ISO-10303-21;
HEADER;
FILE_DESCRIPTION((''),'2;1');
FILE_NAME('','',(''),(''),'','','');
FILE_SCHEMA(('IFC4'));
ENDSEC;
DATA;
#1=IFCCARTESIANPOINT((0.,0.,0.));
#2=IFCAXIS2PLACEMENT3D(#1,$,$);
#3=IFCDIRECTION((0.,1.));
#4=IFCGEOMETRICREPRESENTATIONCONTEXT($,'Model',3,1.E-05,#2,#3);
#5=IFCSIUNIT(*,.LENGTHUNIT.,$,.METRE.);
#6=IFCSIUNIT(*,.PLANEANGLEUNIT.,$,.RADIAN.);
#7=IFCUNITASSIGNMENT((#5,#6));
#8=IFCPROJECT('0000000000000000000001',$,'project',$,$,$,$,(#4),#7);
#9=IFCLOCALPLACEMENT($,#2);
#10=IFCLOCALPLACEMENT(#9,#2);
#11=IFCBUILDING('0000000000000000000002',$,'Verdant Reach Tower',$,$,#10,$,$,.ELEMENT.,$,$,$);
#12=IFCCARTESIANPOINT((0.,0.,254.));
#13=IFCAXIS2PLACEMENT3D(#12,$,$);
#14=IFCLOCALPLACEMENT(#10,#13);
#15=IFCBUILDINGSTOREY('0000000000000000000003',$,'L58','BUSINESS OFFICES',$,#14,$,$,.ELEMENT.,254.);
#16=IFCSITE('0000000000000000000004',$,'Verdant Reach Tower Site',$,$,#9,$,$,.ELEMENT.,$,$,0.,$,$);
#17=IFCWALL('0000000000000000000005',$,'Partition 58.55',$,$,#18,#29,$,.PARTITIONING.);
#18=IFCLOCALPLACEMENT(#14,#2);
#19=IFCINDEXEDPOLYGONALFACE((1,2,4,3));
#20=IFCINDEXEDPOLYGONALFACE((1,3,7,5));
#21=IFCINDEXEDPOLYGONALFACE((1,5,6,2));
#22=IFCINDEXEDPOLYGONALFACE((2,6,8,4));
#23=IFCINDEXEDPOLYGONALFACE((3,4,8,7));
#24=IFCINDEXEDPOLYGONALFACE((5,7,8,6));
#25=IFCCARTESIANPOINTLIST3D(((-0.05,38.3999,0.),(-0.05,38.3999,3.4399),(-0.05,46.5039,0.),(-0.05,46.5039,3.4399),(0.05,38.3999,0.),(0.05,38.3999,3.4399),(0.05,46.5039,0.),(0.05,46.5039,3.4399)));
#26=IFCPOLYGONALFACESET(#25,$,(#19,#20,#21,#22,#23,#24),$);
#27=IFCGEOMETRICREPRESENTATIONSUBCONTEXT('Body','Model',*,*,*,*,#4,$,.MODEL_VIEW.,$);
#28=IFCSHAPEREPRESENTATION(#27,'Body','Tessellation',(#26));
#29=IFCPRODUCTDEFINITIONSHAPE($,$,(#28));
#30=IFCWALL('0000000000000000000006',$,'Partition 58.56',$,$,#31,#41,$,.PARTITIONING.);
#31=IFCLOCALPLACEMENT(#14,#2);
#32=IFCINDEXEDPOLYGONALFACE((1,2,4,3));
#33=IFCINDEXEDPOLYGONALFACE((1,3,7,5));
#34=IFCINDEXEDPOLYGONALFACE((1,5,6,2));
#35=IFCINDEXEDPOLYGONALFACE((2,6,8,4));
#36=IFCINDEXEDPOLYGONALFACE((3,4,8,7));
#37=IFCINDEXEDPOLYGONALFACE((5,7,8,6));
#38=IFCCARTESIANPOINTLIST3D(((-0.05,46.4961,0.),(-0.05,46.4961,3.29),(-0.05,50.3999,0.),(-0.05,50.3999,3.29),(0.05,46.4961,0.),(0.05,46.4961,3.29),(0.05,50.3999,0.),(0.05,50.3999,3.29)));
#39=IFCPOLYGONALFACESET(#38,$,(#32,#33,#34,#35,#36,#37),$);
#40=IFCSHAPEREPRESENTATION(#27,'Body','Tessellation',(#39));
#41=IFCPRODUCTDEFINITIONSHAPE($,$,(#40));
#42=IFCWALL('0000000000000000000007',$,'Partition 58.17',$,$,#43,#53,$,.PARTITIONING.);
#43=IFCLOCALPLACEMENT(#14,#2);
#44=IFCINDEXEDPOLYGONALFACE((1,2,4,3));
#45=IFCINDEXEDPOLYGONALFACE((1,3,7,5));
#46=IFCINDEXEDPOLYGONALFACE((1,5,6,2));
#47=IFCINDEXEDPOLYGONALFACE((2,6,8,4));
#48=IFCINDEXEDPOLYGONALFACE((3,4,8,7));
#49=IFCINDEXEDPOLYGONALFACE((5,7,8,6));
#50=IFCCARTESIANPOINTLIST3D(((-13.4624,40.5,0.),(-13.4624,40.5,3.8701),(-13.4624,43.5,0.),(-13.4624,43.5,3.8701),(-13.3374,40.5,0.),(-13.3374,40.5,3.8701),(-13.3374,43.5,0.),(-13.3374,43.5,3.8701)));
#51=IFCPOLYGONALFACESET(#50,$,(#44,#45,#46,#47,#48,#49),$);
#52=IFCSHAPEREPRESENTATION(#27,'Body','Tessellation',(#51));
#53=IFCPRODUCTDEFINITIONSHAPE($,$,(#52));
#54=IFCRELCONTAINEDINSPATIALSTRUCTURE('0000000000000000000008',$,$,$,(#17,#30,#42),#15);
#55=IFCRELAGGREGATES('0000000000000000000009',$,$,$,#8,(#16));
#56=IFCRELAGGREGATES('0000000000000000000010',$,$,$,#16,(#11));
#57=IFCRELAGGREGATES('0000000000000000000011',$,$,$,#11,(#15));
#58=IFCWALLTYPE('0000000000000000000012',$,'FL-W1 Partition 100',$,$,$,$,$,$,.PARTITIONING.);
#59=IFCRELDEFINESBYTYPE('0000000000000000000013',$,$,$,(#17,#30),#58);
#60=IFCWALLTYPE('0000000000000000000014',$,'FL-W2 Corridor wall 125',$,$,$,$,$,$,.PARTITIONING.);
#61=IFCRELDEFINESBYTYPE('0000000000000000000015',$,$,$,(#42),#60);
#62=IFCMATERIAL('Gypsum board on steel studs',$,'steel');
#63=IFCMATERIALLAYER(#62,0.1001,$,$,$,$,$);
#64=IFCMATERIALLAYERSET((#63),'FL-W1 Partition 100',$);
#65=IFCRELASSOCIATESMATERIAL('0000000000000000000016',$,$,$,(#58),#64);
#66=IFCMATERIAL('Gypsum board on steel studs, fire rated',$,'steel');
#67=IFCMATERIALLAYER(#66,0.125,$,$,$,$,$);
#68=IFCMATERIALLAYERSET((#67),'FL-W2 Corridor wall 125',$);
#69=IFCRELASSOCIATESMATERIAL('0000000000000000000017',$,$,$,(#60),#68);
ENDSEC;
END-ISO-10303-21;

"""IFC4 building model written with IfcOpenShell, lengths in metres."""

from ifc_helpers import new_model, si_unit, direction, frame, frame_2d, origin, place, context, subcontext, project, spatial, rectangle, extrude, material, layer, layer_set, type_object, element, save


model = new_model("IFC4")

# Units and contexts
model_context = context("Model", 3, precision=1e-05, world=origin(), true_north=direction((0.0, 1.0)))
body_context = subcontext(model_context, "Body", "Model", "MODEL_VIEW")
ifc_project = project(units=[si_unit("LENGTHUNIT", "METRE"), si_unit("PLANEANGLEUNIT", "RADIAN")], contexts=[model_context])

# Site, building, storey
site_placement = place(None, origin())
site = spatial("IfcSite", under=ifc_project, at=site_placement, Name="Verdant Reach Tower Site", CompositionType="ELEMENT", RefElevation=0.0)
building_placement = place(site_placement, origin())
building = spatial("IfcBuilding", under=site, at=building_placement, Name="Verdant Reach Tower", CompositionType="ELEMENT")
storey_placement = place(building_placement, frame((0.0, 0.0, 254.0)))
storey = spatial("IfcBuildingStorey", under=building, at=storey_placement, Name="L58", Description="BUSINESS OFFICES", CompositionType="ELEMENT", Elevation=254.0)

# Shared definitions
ifc_material_1 = material(Name="Gypsum board on steel studs", Category="steel")
ifc_layer_1 = layer(ifc_material_1, 0.1001)
ifc_layer_set_1 = layer_set([ifc_layer_1], Name="FL-W1 Partition 100")
wall_type_1 = type_object("IfcWallType", Name="FL-W1 Partition 100", PredefinedType="PARTITIONING", material=ifc_layer_set_1)

# Walls
wall_1_placement = place(storey_placement, frame((0.0, 38.3999, 0.0), z_axis=(0.0, 0.0, 1.0), x_axis=(0.0, 1.0, 0.0)))
element("IfcWall", 1, at=wall_1_placement, inside=storey, type_object=wall_type_1, Name="Partition 58.55", PredefinedType="PARTITIONING", context=body_context, shape_type="SweptSolid", body=[
    extrude(rectangle(XDim=8.104, YDim=0.1001, at=frame_2d((4.052, 0.0))), origin(), (0.0, 0.0, 1.0), 3.4399),
])
wall_2_placement = place(storey_placement, frame((0.0, 46.4961, 0.0), z_axis=(0.0, 0.0, 1.0), x_axis=(0.0, 1.0, 0.0)))
element("IfcWall", 2, at=wall_2_placement, inside=storey, type_object=wall_type_1, Name="Partition 58.56", PredefinedType="PARTITIONING", context=body_context, shape_type="SweptSolid", body=[
    extrude(rectangle(XDim=3.9038, YDim=0.1001, at=frame_2d((1.9519, 0.0))), origin(), (0.0, 0.0, 1.0), 3.29),
])
ifc_material_2 = material(Name="Gypsum board on steel studs, fire rated", Category="steel")
ifc_layer_2 = layer(ifc_material_2, 0.125)
ifc_layer_set_2 = layer_set([ifc_layer_2], Name="FL-W2 Corridor wall 125")
wall_type_2 = type_object("IfcWallType", Name="FL-W2 Corridor wall 125", PredefinedType="PARTITIONING", material=ifc_layer_set_2)
wall_3_placement = place(storey_placement, frame((-13.3999, 40.5, 0.0), z_axis=(0.0, 0.0, 1.0), x_axis=(0.0, 1.0, 0.0)))
element("IfcWall", 3, at=wall_3_placement, inside=storey, type_object=wall_type_2, Name="Partition 58.17", PredefinedType="PARTITIONING", context=body_context, shape_type="SweptSolid", body=[
    extrude(rectangle(XDim=3.0, YDim=0.125, at=frame_2d((1.5, 0.0))), origin(), (0.0, 0.0, 1.0), 3.8701),
])

save(model, "model.ifc")
